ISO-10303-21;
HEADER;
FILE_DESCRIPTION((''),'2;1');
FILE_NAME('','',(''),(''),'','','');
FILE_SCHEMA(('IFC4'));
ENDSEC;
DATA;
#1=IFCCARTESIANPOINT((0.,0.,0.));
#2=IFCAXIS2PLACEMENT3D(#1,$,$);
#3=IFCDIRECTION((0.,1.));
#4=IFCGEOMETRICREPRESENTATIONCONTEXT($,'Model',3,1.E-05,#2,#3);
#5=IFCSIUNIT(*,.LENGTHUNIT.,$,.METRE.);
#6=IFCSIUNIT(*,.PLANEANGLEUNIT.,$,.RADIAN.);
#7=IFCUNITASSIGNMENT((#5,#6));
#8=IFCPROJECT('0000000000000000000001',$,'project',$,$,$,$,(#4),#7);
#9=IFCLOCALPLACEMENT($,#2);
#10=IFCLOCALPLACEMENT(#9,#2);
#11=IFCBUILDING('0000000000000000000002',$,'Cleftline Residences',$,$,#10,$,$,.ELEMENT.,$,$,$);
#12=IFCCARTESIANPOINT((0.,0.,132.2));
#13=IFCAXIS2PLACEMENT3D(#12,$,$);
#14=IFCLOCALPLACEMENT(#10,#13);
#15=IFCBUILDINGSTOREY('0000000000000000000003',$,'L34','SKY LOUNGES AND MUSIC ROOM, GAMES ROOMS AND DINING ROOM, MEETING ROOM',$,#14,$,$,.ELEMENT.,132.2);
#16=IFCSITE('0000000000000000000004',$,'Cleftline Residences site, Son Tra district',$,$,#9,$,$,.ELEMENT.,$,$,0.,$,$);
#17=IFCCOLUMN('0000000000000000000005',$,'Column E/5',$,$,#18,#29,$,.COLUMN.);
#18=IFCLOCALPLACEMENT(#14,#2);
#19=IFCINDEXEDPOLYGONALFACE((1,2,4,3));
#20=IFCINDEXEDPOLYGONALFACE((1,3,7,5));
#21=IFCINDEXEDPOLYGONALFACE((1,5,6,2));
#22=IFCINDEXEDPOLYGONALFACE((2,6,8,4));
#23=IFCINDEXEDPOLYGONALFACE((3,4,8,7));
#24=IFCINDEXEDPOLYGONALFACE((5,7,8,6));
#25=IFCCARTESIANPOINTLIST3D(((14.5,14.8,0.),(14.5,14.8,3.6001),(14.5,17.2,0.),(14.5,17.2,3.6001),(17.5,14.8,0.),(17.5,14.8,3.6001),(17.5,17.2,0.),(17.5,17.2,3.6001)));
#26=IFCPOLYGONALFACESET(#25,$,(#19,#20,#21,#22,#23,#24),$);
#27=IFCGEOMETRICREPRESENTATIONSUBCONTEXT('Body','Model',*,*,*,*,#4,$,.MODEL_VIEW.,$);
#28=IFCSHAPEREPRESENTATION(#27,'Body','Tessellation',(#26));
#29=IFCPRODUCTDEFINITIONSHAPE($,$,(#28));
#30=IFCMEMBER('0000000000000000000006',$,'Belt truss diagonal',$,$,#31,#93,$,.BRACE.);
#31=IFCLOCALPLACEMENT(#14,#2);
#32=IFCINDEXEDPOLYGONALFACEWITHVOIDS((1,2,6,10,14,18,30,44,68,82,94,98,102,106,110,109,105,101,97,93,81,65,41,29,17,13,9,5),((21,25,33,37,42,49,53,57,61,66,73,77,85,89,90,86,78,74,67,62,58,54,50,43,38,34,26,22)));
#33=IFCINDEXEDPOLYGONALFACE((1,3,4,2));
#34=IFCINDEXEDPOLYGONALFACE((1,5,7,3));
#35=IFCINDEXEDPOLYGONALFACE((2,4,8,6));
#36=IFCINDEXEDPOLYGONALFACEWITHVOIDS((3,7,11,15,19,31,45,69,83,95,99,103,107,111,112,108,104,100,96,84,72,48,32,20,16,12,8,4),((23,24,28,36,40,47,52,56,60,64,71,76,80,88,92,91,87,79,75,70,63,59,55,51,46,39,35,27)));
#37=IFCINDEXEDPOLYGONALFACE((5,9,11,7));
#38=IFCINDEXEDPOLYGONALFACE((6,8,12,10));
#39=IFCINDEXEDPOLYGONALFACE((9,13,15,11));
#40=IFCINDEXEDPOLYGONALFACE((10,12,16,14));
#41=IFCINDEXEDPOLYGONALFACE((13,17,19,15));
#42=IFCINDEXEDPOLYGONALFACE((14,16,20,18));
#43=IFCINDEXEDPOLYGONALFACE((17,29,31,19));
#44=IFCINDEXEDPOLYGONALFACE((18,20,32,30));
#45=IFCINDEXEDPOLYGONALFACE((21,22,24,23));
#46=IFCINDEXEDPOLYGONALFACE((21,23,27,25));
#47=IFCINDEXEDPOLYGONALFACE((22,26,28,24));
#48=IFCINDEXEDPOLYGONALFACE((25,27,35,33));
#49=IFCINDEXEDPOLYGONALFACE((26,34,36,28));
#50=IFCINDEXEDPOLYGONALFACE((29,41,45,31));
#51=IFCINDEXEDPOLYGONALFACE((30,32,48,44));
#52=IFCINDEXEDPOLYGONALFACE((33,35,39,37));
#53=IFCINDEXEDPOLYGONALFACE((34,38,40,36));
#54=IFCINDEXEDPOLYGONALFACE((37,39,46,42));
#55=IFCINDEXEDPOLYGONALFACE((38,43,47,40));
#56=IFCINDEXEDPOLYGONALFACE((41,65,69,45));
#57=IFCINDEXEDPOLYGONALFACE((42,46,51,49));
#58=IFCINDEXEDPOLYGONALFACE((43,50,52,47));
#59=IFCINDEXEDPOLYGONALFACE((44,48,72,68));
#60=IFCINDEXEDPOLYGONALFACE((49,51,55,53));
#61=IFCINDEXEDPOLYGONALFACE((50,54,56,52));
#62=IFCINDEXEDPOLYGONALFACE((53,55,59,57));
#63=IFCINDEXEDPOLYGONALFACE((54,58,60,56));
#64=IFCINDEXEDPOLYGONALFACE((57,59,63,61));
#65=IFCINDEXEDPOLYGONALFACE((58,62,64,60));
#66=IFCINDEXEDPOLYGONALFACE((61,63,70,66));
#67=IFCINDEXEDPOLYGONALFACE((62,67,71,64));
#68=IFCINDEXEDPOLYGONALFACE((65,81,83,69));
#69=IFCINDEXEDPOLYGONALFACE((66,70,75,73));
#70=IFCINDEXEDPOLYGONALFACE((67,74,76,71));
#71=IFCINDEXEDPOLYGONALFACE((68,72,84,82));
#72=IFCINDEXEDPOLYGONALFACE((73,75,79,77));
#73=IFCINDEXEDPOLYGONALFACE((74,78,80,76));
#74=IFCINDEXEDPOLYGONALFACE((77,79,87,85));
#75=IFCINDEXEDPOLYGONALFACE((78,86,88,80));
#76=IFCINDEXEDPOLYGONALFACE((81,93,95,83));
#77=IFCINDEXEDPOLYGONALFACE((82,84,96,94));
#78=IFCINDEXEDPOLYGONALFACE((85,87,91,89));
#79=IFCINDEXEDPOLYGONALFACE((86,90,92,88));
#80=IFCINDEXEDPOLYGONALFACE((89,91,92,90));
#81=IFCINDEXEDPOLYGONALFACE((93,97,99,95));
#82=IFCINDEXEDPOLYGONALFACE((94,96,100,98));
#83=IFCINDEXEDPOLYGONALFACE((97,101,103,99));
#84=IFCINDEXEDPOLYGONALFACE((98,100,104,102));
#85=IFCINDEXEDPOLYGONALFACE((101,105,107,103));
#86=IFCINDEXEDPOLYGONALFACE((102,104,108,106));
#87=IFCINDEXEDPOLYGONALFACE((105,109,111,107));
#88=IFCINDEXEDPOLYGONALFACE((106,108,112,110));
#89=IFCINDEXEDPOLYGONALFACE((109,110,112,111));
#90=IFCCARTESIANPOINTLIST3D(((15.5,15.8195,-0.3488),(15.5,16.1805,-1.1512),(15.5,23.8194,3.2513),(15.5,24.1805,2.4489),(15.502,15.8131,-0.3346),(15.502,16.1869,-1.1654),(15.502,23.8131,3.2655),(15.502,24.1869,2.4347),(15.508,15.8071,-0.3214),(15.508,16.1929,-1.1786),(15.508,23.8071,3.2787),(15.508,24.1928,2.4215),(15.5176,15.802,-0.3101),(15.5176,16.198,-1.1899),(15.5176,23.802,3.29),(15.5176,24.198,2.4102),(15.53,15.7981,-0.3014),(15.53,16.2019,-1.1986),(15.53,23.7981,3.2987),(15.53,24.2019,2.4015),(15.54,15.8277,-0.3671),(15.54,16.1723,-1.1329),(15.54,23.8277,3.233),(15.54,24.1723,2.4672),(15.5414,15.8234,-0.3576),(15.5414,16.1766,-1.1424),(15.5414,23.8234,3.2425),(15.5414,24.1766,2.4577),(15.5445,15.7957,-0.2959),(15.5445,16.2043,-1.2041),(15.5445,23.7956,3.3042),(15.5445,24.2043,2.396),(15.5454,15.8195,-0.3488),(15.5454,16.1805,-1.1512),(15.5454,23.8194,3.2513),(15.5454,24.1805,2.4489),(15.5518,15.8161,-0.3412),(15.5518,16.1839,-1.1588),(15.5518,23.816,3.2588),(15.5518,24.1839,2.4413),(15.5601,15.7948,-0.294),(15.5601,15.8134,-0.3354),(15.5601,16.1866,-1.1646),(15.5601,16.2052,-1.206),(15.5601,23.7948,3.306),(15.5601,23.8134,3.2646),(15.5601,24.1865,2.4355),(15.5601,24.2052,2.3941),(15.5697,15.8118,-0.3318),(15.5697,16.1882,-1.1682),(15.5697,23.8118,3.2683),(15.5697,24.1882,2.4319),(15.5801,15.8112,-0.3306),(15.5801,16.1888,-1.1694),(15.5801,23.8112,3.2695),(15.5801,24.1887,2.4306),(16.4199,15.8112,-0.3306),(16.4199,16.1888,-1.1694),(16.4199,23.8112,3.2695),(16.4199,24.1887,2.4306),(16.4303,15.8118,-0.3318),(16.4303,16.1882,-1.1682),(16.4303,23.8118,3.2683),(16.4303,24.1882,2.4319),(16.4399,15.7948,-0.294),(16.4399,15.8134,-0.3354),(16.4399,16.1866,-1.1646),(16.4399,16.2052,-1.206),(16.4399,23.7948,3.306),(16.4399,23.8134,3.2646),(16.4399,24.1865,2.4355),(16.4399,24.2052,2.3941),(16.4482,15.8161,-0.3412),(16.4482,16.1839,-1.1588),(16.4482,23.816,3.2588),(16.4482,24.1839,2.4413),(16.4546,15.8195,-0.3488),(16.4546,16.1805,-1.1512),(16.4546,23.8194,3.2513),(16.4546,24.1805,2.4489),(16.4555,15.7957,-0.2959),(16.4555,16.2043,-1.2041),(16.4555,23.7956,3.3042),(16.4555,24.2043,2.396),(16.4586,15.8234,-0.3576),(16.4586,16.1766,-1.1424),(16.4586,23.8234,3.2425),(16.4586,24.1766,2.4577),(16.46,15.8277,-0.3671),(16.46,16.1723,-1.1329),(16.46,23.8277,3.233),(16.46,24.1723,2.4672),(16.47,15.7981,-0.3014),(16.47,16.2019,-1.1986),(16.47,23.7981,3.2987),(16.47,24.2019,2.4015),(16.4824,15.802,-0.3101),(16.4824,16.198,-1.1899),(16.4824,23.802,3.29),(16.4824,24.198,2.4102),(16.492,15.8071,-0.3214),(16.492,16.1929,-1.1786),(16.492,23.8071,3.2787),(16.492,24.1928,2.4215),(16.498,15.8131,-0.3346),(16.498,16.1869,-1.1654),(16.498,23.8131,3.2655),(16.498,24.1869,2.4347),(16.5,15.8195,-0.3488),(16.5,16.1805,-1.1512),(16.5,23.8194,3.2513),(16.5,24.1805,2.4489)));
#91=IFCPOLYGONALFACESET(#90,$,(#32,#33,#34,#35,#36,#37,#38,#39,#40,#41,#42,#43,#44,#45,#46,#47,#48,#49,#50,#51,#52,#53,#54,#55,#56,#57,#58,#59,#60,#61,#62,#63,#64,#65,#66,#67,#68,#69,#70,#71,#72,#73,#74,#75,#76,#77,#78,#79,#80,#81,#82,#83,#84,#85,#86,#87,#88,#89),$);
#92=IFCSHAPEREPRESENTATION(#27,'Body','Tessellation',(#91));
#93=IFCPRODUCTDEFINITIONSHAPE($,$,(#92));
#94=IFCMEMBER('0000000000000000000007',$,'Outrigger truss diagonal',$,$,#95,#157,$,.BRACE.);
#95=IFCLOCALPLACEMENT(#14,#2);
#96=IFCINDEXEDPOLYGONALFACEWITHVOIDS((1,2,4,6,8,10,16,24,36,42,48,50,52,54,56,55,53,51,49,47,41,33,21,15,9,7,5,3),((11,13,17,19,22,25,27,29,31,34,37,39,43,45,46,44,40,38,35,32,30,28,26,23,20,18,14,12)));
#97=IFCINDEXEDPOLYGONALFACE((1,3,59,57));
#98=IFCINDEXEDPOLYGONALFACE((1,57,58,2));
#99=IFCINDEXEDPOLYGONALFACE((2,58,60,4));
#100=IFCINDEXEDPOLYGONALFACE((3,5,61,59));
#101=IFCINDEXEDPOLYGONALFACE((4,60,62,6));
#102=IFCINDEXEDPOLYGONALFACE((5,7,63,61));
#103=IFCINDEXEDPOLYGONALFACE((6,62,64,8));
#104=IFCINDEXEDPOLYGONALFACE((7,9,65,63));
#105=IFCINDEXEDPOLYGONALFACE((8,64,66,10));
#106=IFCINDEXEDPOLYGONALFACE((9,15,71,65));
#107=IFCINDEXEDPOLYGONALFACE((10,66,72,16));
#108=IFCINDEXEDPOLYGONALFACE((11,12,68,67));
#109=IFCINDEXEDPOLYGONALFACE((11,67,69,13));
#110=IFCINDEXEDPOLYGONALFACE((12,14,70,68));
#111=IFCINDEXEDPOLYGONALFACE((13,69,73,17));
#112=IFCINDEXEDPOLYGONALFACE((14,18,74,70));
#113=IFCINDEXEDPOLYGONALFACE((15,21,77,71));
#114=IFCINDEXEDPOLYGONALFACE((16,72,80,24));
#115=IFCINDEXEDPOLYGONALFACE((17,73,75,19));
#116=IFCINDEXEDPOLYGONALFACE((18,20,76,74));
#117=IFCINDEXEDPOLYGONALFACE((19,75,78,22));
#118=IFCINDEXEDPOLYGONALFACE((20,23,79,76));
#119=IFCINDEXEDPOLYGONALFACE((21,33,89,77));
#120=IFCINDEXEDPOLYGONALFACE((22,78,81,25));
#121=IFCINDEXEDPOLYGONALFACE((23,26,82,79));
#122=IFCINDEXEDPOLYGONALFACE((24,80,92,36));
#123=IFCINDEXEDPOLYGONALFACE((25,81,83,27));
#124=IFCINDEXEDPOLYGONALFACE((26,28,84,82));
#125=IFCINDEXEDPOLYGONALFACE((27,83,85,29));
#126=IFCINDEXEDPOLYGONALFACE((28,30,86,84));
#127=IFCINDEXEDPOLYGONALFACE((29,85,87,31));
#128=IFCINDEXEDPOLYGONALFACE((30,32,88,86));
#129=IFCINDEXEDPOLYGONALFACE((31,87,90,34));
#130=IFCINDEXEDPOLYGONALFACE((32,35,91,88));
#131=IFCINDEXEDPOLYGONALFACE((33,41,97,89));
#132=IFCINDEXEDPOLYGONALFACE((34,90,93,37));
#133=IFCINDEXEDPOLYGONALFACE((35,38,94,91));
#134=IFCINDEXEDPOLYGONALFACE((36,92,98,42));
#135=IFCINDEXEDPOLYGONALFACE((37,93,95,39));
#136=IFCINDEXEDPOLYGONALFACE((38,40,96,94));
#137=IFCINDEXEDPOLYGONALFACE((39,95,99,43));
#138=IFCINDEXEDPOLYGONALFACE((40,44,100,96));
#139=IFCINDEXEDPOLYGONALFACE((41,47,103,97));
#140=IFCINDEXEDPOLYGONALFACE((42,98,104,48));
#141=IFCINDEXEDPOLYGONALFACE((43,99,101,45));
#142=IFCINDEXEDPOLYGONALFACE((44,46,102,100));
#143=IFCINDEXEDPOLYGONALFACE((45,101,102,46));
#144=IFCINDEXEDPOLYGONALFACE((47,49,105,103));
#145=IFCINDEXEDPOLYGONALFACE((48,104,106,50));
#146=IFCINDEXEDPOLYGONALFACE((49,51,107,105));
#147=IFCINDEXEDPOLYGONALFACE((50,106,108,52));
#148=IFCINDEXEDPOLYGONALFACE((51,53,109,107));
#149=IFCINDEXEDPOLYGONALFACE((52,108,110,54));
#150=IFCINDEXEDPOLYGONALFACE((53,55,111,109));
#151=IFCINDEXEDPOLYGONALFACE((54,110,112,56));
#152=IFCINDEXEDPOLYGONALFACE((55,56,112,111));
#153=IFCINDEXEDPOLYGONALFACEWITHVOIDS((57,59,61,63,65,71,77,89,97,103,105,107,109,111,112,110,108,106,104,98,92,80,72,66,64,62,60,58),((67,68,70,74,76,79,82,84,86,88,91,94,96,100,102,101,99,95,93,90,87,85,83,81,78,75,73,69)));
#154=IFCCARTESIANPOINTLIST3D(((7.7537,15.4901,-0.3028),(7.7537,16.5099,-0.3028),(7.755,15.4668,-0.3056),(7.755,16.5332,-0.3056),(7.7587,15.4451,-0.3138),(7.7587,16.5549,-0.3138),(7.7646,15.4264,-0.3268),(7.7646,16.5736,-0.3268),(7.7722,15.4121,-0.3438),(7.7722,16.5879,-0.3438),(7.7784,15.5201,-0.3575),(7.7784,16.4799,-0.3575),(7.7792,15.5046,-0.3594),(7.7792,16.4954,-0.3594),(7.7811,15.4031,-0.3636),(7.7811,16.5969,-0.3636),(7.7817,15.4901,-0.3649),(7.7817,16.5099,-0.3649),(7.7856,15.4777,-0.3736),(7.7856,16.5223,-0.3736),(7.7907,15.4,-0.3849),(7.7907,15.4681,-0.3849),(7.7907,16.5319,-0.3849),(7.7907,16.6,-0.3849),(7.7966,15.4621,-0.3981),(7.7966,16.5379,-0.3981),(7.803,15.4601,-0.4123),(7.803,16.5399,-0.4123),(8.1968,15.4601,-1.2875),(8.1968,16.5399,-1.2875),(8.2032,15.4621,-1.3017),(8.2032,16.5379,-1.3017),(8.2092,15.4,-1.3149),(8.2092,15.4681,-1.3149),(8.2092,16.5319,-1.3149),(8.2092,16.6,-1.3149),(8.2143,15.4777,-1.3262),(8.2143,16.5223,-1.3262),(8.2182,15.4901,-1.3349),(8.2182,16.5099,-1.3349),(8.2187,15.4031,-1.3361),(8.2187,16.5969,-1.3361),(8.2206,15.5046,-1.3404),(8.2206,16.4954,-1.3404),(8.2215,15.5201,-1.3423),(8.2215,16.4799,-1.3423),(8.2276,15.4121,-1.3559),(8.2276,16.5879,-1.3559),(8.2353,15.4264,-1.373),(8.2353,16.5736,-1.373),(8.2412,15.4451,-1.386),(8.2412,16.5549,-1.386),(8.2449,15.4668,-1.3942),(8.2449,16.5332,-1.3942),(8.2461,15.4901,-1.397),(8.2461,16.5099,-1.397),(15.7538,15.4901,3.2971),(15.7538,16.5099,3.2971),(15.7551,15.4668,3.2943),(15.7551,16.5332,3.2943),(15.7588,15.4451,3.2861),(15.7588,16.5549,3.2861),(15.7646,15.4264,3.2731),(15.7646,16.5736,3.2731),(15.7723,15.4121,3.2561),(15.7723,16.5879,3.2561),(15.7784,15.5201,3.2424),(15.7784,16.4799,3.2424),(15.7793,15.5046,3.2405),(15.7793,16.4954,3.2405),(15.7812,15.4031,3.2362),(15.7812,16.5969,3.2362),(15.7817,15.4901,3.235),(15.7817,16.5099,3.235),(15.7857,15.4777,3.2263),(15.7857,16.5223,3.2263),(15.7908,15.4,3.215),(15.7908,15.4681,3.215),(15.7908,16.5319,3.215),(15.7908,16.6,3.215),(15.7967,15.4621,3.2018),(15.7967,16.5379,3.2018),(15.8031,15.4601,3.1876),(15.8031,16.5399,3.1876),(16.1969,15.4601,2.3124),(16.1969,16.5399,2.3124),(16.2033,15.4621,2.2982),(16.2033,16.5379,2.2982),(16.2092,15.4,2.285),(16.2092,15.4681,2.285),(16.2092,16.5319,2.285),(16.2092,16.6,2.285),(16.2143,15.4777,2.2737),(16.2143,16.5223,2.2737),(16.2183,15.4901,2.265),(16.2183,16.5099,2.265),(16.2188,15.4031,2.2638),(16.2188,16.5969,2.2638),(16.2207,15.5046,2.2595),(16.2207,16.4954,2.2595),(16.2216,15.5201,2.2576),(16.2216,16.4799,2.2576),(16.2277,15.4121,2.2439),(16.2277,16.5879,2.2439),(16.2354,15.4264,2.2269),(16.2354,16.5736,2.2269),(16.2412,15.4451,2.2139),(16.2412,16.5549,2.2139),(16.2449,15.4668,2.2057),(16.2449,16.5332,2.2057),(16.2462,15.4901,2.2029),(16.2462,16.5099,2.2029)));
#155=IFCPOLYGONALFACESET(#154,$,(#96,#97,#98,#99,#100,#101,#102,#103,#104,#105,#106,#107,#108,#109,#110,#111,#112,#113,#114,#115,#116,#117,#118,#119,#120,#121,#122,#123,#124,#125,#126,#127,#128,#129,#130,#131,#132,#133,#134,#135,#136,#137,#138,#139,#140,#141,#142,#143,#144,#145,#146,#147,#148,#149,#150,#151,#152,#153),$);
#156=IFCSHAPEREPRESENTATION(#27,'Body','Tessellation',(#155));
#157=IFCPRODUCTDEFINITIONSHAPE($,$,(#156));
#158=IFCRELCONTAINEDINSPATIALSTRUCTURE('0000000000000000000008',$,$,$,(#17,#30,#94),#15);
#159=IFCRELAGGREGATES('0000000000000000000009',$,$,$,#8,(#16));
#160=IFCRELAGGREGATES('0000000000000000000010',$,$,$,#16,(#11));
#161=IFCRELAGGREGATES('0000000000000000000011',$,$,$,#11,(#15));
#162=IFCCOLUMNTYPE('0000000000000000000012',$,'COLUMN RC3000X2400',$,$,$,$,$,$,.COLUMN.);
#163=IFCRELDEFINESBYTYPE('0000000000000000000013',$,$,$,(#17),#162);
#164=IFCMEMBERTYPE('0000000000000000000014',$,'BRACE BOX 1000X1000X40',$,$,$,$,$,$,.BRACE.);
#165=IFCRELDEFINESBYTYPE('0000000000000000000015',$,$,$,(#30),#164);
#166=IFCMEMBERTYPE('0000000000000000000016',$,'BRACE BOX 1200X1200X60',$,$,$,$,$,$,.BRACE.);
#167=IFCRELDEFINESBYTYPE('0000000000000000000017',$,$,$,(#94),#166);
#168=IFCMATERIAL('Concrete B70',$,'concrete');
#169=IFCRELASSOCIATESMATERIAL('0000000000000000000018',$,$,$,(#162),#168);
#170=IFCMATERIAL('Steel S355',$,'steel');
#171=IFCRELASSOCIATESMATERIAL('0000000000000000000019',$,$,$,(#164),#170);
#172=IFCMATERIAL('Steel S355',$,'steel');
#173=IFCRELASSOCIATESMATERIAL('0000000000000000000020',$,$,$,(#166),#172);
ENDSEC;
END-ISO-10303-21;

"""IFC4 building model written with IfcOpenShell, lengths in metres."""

from ifc_helpers import new_model, si_unit, direction, frame, origin, origin_2d, place, context, subcontext, project, spatial, rectangle, hollow_rectangle, extrude, material, material_profile, profile_set, type_object, element, save


model = new_model("IFC4")

# Units and contexts
model_context = context("Model", 3, precision=1e-05, world=origin(), true_north=direction((0.0, 1.0)))
body_context = subcontext(model_context, "Body", "Model", "MODEL_VIEW")
ifc_project = project(units=[si_unit("LENGTHUNIT", "METRE"), si_unit("PLANEANGLEUNIT", "RADIAN")], contexts=[model_context])

# Site, building, storey
site_placement = place(None, origin())
site = spatial("IfcSite", under=ifc_project, at=site_placement, Name="Cleftline Residences site, Son Tra district", CompositionType="ELEMENT", RefElevation=0.0)
building_placement = place(site_placement, origin())
building = spatial("IfcBuilding", under=site, at=building_placement, Name="Cleftline Residences", CompositionType="ELEMENT")
storey_placement = place(building_placement, frame((0.0, 0.0, 132.2)))
storey = spatial("IfcBuildingStorey", under=building, at=storey_placement, Name="L34", Description="SKY LOUNGES AND MUSIC ROOM, GAMES ROOMS AND DINING ROOM, MEETING ROOM", CompositionType="ELEMENT", Elevation=132.2)

# Column
ifc_material_1 = material(Name="Concrete B70", Category="concrete")
ifc_material_profile_1 = material_profile(ifc_material_1, rectangle(XDim=3.0, YDim=2.3999, at=origin_2d()))
ifc_profile_set_1 = profile_set([ifc_material_profile_1], Name="Concrete B70")
column_type = type_object("IfcColumnType", Name="COLUMN RC3000X2400", PredefinedType="COLUMN", material=ifc_profile_set_1)
column_placement = place(storey_placement, frame((16.0, 16.0, 0.0), z_axis=(0.0, 0.0, 1.0), x_axis=(1.0, 0.0, 0.0)))
element("IfcColumn", 1, at=column_placement, inside=storey, type_object=column_type, Name="Column E/5", PredefinedType="COLUMN", context=body_context, shape_type="SweptSolid", body=[
    extrude(rectangle(XDim=3.0, YDim=2.3999, at=origin_2d()), origin(), (0.0, 0.0, 1.0), 3.6001),
])

# Members
ifc_material_2 = material(Name="Steel S355", Category="steel")
ifc_material_profile_2 = material_profile(ifc_material_2, hollow_rectangle(XDim=1.0, YDim=1.0, WallThickness=0.04, InnerFilletRadius=0.04, OuterFilletRadius=0.0601, at=origin_2d()))
ifc_profile_set_2 = profile_set([ifc_material_profile_2], Name="Steel S355")
member_type_1 = type_object("IfcMemberType", Name="BRACE BOX 1000X1000X40", PredefinedType="BRACE", material=ifc_profile_set_2)
member_1_placement = place(storey_placement, frame((16.0, 16.0, -0.75), z_axis=(0.0, 0.911917, 0.410374), x_axis=(0.0, -0.410374, 0.911917)))
element("IfcMember", 2, at=member_1_placement, inside=storey, type_object=member_type_1, Name="Belt truss diagonal", PredefinedType="BRACE", context=body_context, shape_type="SweptSolid", body=[
    extrude(hollow_rectangle(XDim=1.0, YDim=1.0, WallThickness=0.04, InnerFilletRadius=0.04, OuterFilletRadius=0.0601, at=origin_2d()), origin(), (0.0, 0.0, 1.0), 8.7727),
])
ifc_material_3 = material(Name="Steel S355", Category="steel")
ifc_material_profile_3 = material_profile(ifc_material_3, hollow_rectangle(XDim=1.2, YDim=1.2, WallThickness=0.0601, InnerFilletRadius=0.0601, OuterFilletRadius=0.0901, at=origin_2d()))
ifc_profile_set_3 = profile_set([ifc_material_profile_3], Name="Steel S355")
member_type_2 = type_object("IfcMemberType", Name="BRACE BOX 1200X1200X60", PredefinedType="BRACE", material=ifc_profile_set_3)
member_2_placement = place(storey_placement, frame((16.0, 16.0, 2.75), z_axis=(-0.911928, 0.0, -0.410351), x_axis=(-0.410351, 0.0, 0.911928)))
element("IfcMember", 3, at=member_2_placement, inside=storey, type_object=member_type_2, Name="Outrigger truss diagonal", PredefinedType="BRACE", context=body_context, shape_type="SweptSolid", body=[
    extrude(hollow_rectangle(XDim=1.2, YDim=1.2, WallThickness=0.0601, InnerFilletRadius=0.0601, OuterFilletRadius=0.0901, at=origin_2d()), origin(), (0.0, 0.0, 1.0), 8.7727),
])

save(model, "model.ifc")
